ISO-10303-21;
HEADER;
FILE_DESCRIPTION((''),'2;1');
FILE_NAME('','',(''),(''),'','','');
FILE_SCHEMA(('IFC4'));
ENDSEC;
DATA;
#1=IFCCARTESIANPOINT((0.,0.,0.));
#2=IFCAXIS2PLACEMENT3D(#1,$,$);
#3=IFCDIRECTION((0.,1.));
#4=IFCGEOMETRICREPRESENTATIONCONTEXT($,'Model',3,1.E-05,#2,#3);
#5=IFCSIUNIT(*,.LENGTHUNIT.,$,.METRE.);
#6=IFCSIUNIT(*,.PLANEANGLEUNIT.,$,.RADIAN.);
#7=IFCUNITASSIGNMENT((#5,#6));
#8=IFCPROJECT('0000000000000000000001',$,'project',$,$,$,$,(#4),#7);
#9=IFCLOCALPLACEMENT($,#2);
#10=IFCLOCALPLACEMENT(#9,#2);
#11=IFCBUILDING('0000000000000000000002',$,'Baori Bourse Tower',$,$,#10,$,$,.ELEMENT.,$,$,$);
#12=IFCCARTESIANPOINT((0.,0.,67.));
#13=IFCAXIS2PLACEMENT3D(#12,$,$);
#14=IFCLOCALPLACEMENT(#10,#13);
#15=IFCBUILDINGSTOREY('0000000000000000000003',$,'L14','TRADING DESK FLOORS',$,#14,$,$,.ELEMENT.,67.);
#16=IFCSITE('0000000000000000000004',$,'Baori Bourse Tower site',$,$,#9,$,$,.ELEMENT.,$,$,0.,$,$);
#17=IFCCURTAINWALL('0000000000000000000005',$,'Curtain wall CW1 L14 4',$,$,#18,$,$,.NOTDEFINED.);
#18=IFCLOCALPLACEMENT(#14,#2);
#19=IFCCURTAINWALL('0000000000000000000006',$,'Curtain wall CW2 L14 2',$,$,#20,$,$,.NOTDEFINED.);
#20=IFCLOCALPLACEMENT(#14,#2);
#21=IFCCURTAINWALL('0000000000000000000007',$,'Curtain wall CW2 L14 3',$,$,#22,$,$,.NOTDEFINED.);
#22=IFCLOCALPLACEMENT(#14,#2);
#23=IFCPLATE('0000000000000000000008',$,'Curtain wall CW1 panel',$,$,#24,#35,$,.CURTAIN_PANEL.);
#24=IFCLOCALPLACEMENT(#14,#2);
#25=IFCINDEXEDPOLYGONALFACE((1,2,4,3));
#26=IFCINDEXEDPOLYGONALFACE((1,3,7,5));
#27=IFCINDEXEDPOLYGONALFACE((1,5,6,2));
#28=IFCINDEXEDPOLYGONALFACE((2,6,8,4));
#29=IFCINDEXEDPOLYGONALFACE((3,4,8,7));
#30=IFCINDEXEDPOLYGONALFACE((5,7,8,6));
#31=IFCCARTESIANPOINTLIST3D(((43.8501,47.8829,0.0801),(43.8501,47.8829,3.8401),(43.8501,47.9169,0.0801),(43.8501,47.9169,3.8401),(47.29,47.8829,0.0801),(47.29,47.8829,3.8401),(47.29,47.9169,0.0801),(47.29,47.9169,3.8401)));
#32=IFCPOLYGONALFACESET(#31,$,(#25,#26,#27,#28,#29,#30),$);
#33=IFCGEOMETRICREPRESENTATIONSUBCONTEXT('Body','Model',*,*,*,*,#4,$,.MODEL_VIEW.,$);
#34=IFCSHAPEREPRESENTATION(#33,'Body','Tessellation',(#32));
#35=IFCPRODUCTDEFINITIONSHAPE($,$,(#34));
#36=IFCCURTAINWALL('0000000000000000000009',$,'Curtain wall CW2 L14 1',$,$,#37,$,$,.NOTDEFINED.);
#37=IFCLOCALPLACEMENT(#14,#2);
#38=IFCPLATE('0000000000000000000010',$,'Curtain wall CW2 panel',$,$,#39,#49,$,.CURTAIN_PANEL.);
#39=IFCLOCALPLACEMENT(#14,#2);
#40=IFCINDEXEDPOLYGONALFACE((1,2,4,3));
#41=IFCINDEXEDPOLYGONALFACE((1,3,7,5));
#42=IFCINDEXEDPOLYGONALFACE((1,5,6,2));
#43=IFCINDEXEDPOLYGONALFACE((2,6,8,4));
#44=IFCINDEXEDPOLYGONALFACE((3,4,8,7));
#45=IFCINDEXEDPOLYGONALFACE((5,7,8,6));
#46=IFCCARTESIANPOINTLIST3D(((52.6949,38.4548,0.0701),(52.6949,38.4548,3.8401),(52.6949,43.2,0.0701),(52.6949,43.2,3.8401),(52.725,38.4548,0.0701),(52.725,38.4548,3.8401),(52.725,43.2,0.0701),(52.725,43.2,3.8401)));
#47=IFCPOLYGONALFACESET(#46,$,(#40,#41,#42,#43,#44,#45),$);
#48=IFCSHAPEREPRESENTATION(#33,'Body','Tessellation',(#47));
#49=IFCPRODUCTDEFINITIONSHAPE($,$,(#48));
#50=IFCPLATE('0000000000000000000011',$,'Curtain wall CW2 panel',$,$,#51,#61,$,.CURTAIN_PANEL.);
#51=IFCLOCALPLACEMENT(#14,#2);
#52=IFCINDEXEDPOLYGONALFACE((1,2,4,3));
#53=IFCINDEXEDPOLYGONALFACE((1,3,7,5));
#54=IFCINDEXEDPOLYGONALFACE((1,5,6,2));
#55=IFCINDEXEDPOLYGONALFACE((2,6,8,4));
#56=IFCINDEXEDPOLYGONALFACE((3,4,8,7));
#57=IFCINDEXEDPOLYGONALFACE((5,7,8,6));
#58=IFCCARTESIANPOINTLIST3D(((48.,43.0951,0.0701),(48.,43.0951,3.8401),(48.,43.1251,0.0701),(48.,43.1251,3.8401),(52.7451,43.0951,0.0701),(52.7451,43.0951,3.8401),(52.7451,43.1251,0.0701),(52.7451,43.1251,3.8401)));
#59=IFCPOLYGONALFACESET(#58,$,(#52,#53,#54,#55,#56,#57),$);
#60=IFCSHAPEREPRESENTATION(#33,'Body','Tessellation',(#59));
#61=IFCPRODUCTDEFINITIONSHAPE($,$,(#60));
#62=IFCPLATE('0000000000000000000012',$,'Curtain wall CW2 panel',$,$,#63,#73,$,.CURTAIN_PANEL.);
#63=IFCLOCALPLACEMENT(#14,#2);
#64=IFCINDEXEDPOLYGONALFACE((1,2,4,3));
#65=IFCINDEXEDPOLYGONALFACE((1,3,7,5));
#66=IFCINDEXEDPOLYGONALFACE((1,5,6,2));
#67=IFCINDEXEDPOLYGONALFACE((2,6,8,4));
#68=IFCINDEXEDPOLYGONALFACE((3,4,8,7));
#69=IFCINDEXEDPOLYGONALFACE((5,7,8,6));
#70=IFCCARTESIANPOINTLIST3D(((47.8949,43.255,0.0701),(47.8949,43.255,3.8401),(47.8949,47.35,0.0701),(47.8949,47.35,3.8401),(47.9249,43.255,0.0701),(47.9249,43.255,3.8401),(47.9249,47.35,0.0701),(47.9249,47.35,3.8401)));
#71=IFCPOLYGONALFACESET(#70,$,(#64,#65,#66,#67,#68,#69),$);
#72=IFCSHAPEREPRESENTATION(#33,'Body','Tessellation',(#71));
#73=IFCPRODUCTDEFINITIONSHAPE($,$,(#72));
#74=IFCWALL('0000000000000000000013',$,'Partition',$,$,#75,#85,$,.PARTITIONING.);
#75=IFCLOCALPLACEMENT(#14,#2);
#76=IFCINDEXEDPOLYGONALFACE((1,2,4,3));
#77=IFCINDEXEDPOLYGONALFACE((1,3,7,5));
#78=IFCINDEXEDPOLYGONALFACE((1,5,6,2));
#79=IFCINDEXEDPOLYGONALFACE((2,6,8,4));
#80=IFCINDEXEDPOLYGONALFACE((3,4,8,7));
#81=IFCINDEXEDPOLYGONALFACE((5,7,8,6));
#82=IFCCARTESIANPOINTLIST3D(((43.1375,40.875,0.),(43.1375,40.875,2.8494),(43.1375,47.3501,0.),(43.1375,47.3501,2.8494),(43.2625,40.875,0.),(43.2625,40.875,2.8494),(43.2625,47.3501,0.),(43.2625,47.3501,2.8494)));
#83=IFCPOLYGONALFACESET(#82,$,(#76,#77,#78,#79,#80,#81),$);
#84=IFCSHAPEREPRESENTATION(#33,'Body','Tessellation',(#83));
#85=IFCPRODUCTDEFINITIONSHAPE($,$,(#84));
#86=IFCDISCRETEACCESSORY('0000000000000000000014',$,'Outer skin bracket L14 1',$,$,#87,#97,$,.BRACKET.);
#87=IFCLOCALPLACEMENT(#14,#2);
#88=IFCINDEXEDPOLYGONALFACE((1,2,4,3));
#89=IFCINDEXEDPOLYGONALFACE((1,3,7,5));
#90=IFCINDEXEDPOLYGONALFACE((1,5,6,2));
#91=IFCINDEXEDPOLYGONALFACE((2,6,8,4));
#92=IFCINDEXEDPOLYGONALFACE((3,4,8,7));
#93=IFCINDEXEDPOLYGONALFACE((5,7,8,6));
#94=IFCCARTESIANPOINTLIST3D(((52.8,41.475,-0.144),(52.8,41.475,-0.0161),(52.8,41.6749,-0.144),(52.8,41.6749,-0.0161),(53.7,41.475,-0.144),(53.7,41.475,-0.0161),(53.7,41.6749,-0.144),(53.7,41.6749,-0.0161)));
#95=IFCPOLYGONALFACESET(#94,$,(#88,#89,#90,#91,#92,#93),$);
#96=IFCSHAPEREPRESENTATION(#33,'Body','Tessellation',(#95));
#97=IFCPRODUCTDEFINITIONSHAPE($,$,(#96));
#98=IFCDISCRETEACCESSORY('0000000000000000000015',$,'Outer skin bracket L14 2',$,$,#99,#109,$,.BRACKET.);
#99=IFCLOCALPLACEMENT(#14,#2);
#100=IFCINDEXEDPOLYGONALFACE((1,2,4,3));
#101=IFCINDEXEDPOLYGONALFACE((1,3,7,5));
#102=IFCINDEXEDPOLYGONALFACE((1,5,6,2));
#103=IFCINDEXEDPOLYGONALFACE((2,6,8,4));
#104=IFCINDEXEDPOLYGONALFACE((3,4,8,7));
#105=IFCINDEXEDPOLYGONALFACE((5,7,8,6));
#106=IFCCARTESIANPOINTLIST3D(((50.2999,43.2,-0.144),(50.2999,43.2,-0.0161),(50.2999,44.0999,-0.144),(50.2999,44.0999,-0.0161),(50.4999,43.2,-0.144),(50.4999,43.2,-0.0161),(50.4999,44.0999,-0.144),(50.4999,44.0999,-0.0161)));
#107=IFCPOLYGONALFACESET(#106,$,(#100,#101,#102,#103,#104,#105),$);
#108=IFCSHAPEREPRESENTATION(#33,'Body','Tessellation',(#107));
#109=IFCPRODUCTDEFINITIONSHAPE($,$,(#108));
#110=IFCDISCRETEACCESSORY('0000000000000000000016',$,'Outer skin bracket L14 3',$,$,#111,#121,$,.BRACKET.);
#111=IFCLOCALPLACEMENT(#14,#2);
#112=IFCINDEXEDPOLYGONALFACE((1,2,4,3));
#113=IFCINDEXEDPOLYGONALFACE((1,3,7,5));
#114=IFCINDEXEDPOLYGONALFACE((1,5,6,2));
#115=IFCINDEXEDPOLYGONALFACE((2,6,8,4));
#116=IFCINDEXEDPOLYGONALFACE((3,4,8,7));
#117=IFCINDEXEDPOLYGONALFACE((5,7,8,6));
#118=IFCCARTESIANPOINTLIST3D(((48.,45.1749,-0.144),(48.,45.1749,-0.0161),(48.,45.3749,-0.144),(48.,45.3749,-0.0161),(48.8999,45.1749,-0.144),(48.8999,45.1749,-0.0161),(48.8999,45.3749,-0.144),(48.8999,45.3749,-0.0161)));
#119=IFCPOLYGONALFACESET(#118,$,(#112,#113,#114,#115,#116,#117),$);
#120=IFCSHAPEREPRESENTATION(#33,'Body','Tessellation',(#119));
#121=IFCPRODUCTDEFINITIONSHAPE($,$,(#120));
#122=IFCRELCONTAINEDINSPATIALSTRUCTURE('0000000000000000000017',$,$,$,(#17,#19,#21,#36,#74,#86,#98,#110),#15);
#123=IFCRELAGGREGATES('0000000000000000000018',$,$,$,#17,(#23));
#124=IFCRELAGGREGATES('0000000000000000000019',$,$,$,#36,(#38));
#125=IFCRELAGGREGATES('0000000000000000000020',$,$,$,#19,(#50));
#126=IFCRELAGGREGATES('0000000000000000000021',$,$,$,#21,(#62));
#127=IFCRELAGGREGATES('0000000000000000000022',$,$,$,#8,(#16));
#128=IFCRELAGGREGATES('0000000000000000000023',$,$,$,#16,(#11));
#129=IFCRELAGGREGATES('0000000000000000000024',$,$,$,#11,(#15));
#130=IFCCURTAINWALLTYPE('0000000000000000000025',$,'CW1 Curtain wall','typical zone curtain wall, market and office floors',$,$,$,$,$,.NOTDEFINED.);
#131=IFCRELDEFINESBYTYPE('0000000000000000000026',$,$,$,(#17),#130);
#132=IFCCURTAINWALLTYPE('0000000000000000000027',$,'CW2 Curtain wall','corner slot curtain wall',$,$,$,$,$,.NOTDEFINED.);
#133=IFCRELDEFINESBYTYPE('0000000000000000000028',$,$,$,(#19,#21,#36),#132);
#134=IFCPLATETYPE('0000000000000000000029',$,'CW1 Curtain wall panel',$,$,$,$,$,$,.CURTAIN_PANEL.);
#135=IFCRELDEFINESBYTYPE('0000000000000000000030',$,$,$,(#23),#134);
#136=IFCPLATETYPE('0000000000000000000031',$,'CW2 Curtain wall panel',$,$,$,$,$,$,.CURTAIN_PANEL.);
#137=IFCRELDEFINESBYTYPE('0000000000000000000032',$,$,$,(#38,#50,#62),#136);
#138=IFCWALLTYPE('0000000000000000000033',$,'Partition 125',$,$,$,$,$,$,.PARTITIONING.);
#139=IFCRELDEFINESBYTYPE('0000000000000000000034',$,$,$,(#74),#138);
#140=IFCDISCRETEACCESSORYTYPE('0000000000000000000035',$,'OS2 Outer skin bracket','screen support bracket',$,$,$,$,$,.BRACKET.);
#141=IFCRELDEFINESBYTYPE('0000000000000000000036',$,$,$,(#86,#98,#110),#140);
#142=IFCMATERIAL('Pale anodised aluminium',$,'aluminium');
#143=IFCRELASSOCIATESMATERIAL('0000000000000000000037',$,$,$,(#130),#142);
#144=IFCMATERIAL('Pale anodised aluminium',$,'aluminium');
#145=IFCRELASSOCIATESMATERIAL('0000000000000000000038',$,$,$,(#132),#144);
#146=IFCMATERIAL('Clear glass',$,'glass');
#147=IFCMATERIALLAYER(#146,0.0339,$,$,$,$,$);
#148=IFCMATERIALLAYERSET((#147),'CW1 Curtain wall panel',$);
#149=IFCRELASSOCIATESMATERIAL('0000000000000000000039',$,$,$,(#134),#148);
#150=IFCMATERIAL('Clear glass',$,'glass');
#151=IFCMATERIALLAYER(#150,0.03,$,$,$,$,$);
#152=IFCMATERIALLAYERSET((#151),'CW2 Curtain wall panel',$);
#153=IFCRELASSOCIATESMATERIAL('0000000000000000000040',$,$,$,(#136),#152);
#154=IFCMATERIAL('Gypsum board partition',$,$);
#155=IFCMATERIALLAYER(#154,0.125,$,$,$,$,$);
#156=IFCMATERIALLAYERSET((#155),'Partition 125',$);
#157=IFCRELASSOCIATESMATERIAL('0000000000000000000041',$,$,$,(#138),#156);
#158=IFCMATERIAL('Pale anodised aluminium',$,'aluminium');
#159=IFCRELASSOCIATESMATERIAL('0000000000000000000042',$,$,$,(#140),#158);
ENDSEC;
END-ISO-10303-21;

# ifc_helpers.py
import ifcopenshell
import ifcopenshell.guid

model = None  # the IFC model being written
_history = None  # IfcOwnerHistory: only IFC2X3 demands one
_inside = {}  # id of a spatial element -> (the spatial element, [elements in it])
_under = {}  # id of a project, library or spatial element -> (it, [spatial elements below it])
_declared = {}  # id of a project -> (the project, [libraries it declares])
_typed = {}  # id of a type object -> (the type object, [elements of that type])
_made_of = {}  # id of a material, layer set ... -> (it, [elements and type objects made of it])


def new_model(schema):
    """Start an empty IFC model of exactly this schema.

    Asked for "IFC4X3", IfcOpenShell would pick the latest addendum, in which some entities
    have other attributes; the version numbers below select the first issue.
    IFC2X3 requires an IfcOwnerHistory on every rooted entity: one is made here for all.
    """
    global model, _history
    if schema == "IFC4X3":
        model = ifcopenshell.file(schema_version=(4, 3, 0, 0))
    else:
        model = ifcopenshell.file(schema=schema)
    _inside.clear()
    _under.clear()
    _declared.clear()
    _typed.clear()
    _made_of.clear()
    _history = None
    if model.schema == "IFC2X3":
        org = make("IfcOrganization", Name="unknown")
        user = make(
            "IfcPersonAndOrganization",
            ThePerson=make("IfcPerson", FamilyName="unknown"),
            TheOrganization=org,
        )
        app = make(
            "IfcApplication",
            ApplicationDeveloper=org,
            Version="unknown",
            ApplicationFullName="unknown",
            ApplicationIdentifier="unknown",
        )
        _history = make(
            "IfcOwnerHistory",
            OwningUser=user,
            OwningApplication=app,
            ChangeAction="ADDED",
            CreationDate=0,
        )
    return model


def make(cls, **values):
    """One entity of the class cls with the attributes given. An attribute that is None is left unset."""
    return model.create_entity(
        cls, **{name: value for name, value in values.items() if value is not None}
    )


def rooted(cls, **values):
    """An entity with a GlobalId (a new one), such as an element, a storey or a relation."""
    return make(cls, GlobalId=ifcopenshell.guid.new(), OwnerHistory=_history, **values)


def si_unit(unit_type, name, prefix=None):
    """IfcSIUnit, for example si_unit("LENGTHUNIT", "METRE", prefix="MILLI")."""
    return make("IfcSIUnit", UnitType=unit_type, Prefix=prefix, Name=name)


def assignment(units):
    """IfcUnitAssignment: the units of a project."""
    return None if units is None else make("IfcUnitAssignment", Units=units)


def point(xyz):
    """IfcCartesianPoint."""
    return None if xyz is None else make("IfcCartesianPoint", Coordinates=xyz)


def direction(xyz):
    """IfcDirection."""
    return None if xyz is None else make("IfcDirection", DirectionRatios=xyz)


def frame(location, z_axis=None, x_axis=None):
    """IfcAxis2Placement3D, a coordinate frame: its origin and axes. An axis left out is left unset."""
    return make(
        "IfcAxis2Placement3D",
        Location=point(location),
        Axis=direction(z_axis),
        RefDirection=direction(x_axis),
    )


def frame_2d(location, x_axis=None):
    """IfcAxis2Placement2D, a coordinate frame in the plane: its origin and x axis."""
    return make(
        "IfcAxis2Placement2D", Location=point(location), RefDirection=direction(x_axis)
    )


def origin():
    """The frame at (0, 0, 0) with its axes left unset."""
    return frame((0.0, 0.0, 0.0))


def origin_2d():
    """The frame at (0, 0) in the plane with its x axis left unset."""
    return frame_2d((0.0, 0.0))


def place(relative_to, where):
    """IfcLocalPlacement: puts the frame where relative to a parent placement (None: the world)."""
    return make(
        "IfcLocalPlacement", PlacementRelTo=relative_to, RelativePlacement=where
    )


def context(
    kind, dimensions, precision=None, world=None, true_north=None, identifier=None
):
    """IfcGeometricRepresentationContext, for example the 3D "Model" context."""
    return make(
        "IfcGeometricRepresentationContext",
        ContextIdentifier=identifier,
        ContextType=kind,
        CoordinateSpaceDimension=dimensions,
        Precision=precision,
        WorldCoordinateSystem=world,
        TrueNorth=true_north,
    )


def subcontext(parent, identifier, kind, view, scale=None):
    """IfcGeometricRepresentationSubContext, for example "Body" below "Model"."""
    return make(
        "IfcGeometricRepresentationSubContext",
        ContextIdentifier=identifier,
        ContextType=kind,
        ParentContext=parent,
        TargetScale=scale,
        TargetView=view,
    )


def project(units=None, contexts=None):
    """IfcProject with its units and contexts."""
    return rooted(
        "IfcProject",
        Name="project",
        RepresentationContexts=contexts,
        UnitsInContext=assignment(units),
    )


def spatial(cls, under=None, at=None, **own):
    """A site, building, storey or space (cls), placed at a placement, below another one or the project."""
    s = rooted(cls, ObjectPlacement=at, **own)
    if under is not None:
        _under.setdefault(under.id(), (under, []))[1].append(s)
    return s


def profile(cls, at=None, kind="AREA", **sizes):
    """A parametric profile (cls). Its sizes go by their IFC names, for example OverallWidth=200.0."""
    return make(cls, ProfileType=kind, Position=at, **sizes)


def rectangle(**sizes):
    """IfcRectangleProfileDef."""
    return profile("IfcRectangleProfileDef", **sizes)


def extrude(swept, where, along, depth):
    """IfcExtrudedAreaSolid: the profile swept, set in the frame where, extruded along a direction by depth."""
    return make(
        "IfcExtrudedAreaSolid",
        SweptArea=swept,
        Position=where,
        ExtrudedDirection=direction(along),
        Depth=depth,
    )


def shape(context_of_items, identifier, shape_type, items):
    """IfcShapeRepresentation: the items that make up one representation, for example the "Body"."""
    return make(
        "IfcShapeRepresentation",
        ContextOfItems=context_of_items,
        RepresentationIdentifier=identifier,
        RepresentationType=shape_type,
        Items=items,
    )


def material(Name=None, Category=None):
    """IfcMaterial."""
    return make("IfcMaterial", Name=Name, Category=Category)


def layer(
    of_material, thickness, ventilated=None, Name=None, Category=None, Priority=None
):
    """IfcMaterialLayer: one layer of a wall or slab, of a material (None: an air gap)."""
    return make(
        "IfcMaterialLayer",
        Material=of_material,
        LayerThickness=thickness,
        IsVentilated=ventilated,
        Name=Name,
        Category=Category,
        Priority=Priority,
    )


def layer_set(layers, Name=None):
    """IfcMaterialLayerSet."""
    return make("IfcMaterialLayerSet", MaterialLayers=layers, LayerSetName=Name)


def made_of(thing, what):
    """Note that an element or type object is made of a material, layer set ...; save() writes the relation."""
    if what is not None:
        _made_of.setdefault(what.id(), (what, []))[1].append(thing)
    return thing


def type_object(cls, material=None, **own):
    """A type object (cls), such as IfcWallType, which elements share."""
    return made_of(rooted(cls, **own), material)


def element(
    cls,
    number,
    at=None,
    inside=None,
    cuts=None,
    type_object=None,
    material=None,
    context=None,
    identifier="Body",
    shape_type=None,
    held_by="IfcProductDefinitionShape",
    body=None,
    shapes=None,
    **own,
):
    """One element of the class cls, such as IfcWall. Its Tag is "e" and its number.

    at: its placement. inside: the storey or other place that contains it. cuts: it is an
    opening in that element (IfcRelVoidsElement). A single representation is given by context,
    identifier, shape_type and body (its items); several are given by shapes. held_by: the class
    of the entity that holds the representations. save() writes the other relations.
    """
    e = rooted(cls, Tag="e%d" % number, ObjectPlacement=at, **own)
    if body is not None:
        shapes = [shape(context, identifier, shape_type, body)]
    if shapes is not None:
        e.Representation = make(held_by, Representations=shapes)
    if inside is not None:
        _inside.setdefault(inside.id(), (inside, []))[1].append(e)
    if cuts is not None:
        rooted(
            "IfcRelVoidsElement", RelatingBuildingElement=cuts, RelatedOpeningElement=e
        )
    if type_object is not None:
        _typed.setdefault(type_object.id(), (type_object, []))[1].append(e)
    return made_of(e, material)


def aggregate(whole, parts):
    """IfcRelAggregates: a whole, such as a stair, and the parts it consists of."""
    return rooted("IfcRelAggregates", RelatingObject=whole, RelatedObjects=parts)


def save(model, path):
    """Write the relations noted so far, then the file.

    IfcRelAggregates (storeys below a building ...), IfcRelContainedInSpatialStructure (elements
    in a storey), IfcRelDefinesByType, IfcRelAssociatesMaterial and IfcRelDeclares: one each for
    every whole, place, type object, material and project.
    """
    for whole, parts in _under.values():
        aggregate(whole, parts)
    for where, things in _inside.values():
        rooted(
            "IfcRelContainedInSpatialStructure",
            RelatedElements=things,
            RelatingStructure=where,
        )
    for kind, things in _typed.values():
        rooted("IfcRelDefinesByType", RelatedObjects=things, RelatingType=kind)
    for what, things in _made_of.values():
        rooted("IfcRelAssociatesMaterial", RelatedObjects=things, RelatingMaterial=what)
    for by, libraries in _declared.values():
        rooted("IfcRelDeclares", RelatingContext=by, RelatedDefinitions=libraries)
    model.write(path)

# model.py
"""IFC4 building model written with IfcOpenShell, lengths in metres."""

from ifc_helpers import new_model, si_unit, direction, frame, frame_2d, origin, origin_2d, place, context, subcontext, project, spatial, rectangle, extrude, material, layer, layer_set, type_object, element, aggregate, save


model = new_model("IFC4")

# Units and contexts
model_context = context("Model", 3, precision=1e-05, world=origin(), true_north=direction((0.0, 1.0)))
body_context = subcontext(model_context, "Body", "Model", "MODEL_VIEW")
ifc_project = project(units=[si_unit("LENGTHUNIT", "METRE"), si_unit("PLANEANGLEUNIT", "RADIAN")], contexts=[model_context])

# Site, building, storey
site_placement = place(None, origin())
site = spatial("IfcSite", under=ifc_project, at=site_placement, Name="Baori Bourse Tower site", CompositionType="ELEMENT", RefElevation=0.0)
building_placement = place(site_placement, origin())
building = spatial("IfcBuilding", under=site, at=building_placement, Name="Baori Bourse Tower", CompositionType="ELEMENT")
storey_placement = place(building_placement, frame((0.0, 0.0, 67.0)))
storey = spatial("IfcBuildingStorey", under=building, at=storey_placement, Name="L14", Description="TRADING DESK FLOORS", CompositionType="ELEMENT", Elevation=67.0)

# Curtain wall
ifc_material_1 = material(Name="Pale anodised aluminium", Category="aluminium")
curtain_wall_type_1 = type_object("IfcCurtainWallType", Name="CW1 Curtain wall", Description="typical zone curtain wall, market and office floors", PredefinedType="NOTDEFINED", material=ifc_material_1)
curtain_wall_1_placement = place(storey_placement, origin())
curtain_wall_1 = element("IfcCurtainWall", 1, at=curtain_wall_1_placement, inside=storey, type_object=curtain_wall_type_1, Name="Curtain wall CW1 L14 4", PredefinedType="NOTDEFINED")

# Curtain walls
ifc_material_2 = material(Name="Pale anodised aluminium", Category="aluminium")
curtain_wall_type_2 = type_object("IfcCurtainWallType", Name="CW2 Curtain wall", Description="corner slot curtain wall", PredefinedType="NOTDEFINED", material=ifc_material_2)
curtain_wall_2_placement = place(storey_placement, origin())
curtain_wall_2 = element("IfcCurtainWall", 2, at=curtain_wall_2_placement, inside=storey, type_object=curtain_wall_type_2, Name="Curtain wall CW2 L14 2", PredefinedType="NOTDEFINED")
curtain_wall_3_placement = place(storey_placement, origin())
curtain_wall_3 = element("IfcCurtainWall", 3, at=curtain_wall_3_placement, inside=storey, type_object=curtain_wall_type_2, Name="Curtain wall CW2 L14 3", PredefinedType="NOTDEFINED")

# Plate
ifc_material_3 = material(Name="Clear glass", Category="glass")
ifc_layer_1 = layer(ifc_material_3, 0.0339)
ifc_layer_set_1 = layer_set([ifc_layer_1], Name="CW1 Curtain wall panel")
plate_type_1 = type_object("IfcPlateType", Name="CW1 Curtain wall panel", PredefinedType="CURTAIN_PANEL", material=ifc_layer_set_1)
plate_1_placement = place(storey_placement, frame((45.5701, 47.8999, 0.0801), z_axis=(0.0, 0.0, 1.0), x_axis=(-1.0, 0.0, 0.0)))
plate_1 = element("IfcPlate", 4, at=plate_1_placement, type_object=plate_type_1, Name="Curtain wall CW1 panel", PredefinedType="CURTAIN_PANEL", context=body_context, shape_type="SweptSolid", body=[
    extrude(rectangle(XDim=3.4399, YDim=0.0339, at=origin_2d()), origin(), (0.0, 0.0, 1.0), 3.76),
])
aggregate(curtain_wall_1, [plate_1])

# Curtain wall, plate
curtain_wall_4_placement = place(storey_placement, origin())
curtain_wall_4 = element("IfcCurtainWall", 5, at=curtain_wall_4_placement, inside=storey, type_object=curtain_wall_type_2, Name="Curtain wall CW2 L14 1", PredefinedType="NOTDEFINED")
ifc_material_4 = material(Name="Clear glass", Category="glass")
ifc_layer_2 = layer(ifc_material_4, 0.03)
ifc_layer_set_2 = layer_set([ifc_layer_2], Name="CW2 Curtain wall panel")
plate_type_2 = type_object("IfcPlateType", Name="CW2 Curtain wall panel", PredefinedType="CURTAIN_PANEL", material=ifc_layer_set_2)
plate_2_placement = place(storey_placement, frame((52.71, 40.8274, 0.0701), z_axis=(0.0, 0.0, 1.0), x_axis=(0.0, 1.0, 0.0)))
plate_2 = element("IfcPlate", 6, at=plate_2_placement, type_object=plate_type_2, Name="Curtain wall CW2 panel", PredefinedType="CURTAIN_PANEL", context=body_context, shape_type="SweptSolid", body=[
    extrude(rectangle(XDim=4.7451, YDim=0.03, at=origin_2d()), origin(), (0.0, 0.0, 1.0), 3.77),
])
aggregate(curtain_wall_4, [plate_2])

# Plates
plate_3_placement = place(storey_placement, frame((50.3726, 43.1101, 0.0701), z_axis=(0.0, 0.0, 1.0), x_axis=(-1.0, 0.0, 0.0)))
plate_3 = element("IfcPlate", 7, at=plate_3_placement, type_object=plate_type_2, Name="Curtain wall CW2 panel", PredefinedType="CURTAIN_PANEL", context=body_context, shape_type="SweptSolid", body=[
    extrude(rectangle(XDim=4.7451, YDim=0.03, at=origin_2d()), origin(), (0.0, 0.0, 1.0), 3.77),
])
aggregate(curtain_wall_2, [plate_3])
plate_4_placement = place(storey_placement, frame((47.9099, 45.3025, 0.0701), z_axis=(0.0, 0.0, 1.0), x_axis=(0.0, 1.0, 0.0)))
plate_4 = element("IfcPlate", 8, at=plate_4_placement, type_object=plate_type_2, Name="Curtain wall CW2 panel", PredefinedType="CURTAIN_PANEL", context=body_context, shape_type="SweptSolid", body=[
    extrude(rectangle(XDim=4.095, YDim=0.03, at=origin_2d()), origin(), (0.0, 0.0, 1.0), 3.77),
])
aggregate(curtain_wall_3, [plate_4])

# Wall
ifc_material_5 = material(Name="Gypsum board partition")
ifc_layer_3 = layer(ifc_material_5, 0.125)
ifc_layer_set_3 = layer_set([ifc_layer_3], Name="Partition 125")
wall_type = type_object("IfcWallType", Name="Partition 125", PredefinedType="PARTITIONING", material=ifc_layer_set_3)
wall_placement = place(storey_placement, frame((43.2, 40.875, 0.0), z_axis=(0.0, 0.0, 1.0), x_axis=(0.0, 1.0, 0.0)))
element("IfcWall", 9, at=wall_placement, inside=storey, type_object=wall_type, Name="Partition", PredefinedType="PARTITIONING", context=body_context, shape_type="SweptSolid", body=[
    extrude(rectangle(XDim=6.4751, YDim=0.125, at=frame_2d((3.2375, 0.0))), origin(), (0.0, 0.0, 1.0), 2.8494),
])

# Discrete accessories
ifc_material_6 = material(Name="Pale anodised aluminium", Category="aluminium")
discrete_accessory_type = type_object("IfcDiscreteAccessoryType", Name="OS2 Outer skin bracket", Description="screen support bracket", PredefinedType="BRACKET", material=ifc_material_6)
for number, where, z_axis, x_axis, name in (
    (10, (53.25, 41.575, -0.144), (0.0, 0.0, 1.0), (0.0, 1.0, 0.0), "Outer skin bracket L14 1"),
    (11, (50.3999, 43.6499, -0.144), (0.0, 0.0, 1.0), (-1.0, 0.0, 0.0), "Outer skin bracket L14 2"),
    (12, (48.45, 45.2749, -0.144), (0.0, 0.0, 1.0), (0.0, 1.0, 0.0), "Outer skin bracket L14 3"),
):
    element("IfcDiscreteAccessory", number, at=place(storey_placement, frame(where, z_axis=z_axis, x_axis=x_axis)), inside=storey, type_object=discrete_accessory_type, Name=name, PredefinedType="BRACKET", context=body_context, shape_type="SweptSolid", body=[
        extrude(rectangle(XDim=0.2, YDim=0.8999, at=origin_2d()), origin(), (0.0, 0.0, 1.0), 0.1279),
    ])

save(model, "model.ifc")
